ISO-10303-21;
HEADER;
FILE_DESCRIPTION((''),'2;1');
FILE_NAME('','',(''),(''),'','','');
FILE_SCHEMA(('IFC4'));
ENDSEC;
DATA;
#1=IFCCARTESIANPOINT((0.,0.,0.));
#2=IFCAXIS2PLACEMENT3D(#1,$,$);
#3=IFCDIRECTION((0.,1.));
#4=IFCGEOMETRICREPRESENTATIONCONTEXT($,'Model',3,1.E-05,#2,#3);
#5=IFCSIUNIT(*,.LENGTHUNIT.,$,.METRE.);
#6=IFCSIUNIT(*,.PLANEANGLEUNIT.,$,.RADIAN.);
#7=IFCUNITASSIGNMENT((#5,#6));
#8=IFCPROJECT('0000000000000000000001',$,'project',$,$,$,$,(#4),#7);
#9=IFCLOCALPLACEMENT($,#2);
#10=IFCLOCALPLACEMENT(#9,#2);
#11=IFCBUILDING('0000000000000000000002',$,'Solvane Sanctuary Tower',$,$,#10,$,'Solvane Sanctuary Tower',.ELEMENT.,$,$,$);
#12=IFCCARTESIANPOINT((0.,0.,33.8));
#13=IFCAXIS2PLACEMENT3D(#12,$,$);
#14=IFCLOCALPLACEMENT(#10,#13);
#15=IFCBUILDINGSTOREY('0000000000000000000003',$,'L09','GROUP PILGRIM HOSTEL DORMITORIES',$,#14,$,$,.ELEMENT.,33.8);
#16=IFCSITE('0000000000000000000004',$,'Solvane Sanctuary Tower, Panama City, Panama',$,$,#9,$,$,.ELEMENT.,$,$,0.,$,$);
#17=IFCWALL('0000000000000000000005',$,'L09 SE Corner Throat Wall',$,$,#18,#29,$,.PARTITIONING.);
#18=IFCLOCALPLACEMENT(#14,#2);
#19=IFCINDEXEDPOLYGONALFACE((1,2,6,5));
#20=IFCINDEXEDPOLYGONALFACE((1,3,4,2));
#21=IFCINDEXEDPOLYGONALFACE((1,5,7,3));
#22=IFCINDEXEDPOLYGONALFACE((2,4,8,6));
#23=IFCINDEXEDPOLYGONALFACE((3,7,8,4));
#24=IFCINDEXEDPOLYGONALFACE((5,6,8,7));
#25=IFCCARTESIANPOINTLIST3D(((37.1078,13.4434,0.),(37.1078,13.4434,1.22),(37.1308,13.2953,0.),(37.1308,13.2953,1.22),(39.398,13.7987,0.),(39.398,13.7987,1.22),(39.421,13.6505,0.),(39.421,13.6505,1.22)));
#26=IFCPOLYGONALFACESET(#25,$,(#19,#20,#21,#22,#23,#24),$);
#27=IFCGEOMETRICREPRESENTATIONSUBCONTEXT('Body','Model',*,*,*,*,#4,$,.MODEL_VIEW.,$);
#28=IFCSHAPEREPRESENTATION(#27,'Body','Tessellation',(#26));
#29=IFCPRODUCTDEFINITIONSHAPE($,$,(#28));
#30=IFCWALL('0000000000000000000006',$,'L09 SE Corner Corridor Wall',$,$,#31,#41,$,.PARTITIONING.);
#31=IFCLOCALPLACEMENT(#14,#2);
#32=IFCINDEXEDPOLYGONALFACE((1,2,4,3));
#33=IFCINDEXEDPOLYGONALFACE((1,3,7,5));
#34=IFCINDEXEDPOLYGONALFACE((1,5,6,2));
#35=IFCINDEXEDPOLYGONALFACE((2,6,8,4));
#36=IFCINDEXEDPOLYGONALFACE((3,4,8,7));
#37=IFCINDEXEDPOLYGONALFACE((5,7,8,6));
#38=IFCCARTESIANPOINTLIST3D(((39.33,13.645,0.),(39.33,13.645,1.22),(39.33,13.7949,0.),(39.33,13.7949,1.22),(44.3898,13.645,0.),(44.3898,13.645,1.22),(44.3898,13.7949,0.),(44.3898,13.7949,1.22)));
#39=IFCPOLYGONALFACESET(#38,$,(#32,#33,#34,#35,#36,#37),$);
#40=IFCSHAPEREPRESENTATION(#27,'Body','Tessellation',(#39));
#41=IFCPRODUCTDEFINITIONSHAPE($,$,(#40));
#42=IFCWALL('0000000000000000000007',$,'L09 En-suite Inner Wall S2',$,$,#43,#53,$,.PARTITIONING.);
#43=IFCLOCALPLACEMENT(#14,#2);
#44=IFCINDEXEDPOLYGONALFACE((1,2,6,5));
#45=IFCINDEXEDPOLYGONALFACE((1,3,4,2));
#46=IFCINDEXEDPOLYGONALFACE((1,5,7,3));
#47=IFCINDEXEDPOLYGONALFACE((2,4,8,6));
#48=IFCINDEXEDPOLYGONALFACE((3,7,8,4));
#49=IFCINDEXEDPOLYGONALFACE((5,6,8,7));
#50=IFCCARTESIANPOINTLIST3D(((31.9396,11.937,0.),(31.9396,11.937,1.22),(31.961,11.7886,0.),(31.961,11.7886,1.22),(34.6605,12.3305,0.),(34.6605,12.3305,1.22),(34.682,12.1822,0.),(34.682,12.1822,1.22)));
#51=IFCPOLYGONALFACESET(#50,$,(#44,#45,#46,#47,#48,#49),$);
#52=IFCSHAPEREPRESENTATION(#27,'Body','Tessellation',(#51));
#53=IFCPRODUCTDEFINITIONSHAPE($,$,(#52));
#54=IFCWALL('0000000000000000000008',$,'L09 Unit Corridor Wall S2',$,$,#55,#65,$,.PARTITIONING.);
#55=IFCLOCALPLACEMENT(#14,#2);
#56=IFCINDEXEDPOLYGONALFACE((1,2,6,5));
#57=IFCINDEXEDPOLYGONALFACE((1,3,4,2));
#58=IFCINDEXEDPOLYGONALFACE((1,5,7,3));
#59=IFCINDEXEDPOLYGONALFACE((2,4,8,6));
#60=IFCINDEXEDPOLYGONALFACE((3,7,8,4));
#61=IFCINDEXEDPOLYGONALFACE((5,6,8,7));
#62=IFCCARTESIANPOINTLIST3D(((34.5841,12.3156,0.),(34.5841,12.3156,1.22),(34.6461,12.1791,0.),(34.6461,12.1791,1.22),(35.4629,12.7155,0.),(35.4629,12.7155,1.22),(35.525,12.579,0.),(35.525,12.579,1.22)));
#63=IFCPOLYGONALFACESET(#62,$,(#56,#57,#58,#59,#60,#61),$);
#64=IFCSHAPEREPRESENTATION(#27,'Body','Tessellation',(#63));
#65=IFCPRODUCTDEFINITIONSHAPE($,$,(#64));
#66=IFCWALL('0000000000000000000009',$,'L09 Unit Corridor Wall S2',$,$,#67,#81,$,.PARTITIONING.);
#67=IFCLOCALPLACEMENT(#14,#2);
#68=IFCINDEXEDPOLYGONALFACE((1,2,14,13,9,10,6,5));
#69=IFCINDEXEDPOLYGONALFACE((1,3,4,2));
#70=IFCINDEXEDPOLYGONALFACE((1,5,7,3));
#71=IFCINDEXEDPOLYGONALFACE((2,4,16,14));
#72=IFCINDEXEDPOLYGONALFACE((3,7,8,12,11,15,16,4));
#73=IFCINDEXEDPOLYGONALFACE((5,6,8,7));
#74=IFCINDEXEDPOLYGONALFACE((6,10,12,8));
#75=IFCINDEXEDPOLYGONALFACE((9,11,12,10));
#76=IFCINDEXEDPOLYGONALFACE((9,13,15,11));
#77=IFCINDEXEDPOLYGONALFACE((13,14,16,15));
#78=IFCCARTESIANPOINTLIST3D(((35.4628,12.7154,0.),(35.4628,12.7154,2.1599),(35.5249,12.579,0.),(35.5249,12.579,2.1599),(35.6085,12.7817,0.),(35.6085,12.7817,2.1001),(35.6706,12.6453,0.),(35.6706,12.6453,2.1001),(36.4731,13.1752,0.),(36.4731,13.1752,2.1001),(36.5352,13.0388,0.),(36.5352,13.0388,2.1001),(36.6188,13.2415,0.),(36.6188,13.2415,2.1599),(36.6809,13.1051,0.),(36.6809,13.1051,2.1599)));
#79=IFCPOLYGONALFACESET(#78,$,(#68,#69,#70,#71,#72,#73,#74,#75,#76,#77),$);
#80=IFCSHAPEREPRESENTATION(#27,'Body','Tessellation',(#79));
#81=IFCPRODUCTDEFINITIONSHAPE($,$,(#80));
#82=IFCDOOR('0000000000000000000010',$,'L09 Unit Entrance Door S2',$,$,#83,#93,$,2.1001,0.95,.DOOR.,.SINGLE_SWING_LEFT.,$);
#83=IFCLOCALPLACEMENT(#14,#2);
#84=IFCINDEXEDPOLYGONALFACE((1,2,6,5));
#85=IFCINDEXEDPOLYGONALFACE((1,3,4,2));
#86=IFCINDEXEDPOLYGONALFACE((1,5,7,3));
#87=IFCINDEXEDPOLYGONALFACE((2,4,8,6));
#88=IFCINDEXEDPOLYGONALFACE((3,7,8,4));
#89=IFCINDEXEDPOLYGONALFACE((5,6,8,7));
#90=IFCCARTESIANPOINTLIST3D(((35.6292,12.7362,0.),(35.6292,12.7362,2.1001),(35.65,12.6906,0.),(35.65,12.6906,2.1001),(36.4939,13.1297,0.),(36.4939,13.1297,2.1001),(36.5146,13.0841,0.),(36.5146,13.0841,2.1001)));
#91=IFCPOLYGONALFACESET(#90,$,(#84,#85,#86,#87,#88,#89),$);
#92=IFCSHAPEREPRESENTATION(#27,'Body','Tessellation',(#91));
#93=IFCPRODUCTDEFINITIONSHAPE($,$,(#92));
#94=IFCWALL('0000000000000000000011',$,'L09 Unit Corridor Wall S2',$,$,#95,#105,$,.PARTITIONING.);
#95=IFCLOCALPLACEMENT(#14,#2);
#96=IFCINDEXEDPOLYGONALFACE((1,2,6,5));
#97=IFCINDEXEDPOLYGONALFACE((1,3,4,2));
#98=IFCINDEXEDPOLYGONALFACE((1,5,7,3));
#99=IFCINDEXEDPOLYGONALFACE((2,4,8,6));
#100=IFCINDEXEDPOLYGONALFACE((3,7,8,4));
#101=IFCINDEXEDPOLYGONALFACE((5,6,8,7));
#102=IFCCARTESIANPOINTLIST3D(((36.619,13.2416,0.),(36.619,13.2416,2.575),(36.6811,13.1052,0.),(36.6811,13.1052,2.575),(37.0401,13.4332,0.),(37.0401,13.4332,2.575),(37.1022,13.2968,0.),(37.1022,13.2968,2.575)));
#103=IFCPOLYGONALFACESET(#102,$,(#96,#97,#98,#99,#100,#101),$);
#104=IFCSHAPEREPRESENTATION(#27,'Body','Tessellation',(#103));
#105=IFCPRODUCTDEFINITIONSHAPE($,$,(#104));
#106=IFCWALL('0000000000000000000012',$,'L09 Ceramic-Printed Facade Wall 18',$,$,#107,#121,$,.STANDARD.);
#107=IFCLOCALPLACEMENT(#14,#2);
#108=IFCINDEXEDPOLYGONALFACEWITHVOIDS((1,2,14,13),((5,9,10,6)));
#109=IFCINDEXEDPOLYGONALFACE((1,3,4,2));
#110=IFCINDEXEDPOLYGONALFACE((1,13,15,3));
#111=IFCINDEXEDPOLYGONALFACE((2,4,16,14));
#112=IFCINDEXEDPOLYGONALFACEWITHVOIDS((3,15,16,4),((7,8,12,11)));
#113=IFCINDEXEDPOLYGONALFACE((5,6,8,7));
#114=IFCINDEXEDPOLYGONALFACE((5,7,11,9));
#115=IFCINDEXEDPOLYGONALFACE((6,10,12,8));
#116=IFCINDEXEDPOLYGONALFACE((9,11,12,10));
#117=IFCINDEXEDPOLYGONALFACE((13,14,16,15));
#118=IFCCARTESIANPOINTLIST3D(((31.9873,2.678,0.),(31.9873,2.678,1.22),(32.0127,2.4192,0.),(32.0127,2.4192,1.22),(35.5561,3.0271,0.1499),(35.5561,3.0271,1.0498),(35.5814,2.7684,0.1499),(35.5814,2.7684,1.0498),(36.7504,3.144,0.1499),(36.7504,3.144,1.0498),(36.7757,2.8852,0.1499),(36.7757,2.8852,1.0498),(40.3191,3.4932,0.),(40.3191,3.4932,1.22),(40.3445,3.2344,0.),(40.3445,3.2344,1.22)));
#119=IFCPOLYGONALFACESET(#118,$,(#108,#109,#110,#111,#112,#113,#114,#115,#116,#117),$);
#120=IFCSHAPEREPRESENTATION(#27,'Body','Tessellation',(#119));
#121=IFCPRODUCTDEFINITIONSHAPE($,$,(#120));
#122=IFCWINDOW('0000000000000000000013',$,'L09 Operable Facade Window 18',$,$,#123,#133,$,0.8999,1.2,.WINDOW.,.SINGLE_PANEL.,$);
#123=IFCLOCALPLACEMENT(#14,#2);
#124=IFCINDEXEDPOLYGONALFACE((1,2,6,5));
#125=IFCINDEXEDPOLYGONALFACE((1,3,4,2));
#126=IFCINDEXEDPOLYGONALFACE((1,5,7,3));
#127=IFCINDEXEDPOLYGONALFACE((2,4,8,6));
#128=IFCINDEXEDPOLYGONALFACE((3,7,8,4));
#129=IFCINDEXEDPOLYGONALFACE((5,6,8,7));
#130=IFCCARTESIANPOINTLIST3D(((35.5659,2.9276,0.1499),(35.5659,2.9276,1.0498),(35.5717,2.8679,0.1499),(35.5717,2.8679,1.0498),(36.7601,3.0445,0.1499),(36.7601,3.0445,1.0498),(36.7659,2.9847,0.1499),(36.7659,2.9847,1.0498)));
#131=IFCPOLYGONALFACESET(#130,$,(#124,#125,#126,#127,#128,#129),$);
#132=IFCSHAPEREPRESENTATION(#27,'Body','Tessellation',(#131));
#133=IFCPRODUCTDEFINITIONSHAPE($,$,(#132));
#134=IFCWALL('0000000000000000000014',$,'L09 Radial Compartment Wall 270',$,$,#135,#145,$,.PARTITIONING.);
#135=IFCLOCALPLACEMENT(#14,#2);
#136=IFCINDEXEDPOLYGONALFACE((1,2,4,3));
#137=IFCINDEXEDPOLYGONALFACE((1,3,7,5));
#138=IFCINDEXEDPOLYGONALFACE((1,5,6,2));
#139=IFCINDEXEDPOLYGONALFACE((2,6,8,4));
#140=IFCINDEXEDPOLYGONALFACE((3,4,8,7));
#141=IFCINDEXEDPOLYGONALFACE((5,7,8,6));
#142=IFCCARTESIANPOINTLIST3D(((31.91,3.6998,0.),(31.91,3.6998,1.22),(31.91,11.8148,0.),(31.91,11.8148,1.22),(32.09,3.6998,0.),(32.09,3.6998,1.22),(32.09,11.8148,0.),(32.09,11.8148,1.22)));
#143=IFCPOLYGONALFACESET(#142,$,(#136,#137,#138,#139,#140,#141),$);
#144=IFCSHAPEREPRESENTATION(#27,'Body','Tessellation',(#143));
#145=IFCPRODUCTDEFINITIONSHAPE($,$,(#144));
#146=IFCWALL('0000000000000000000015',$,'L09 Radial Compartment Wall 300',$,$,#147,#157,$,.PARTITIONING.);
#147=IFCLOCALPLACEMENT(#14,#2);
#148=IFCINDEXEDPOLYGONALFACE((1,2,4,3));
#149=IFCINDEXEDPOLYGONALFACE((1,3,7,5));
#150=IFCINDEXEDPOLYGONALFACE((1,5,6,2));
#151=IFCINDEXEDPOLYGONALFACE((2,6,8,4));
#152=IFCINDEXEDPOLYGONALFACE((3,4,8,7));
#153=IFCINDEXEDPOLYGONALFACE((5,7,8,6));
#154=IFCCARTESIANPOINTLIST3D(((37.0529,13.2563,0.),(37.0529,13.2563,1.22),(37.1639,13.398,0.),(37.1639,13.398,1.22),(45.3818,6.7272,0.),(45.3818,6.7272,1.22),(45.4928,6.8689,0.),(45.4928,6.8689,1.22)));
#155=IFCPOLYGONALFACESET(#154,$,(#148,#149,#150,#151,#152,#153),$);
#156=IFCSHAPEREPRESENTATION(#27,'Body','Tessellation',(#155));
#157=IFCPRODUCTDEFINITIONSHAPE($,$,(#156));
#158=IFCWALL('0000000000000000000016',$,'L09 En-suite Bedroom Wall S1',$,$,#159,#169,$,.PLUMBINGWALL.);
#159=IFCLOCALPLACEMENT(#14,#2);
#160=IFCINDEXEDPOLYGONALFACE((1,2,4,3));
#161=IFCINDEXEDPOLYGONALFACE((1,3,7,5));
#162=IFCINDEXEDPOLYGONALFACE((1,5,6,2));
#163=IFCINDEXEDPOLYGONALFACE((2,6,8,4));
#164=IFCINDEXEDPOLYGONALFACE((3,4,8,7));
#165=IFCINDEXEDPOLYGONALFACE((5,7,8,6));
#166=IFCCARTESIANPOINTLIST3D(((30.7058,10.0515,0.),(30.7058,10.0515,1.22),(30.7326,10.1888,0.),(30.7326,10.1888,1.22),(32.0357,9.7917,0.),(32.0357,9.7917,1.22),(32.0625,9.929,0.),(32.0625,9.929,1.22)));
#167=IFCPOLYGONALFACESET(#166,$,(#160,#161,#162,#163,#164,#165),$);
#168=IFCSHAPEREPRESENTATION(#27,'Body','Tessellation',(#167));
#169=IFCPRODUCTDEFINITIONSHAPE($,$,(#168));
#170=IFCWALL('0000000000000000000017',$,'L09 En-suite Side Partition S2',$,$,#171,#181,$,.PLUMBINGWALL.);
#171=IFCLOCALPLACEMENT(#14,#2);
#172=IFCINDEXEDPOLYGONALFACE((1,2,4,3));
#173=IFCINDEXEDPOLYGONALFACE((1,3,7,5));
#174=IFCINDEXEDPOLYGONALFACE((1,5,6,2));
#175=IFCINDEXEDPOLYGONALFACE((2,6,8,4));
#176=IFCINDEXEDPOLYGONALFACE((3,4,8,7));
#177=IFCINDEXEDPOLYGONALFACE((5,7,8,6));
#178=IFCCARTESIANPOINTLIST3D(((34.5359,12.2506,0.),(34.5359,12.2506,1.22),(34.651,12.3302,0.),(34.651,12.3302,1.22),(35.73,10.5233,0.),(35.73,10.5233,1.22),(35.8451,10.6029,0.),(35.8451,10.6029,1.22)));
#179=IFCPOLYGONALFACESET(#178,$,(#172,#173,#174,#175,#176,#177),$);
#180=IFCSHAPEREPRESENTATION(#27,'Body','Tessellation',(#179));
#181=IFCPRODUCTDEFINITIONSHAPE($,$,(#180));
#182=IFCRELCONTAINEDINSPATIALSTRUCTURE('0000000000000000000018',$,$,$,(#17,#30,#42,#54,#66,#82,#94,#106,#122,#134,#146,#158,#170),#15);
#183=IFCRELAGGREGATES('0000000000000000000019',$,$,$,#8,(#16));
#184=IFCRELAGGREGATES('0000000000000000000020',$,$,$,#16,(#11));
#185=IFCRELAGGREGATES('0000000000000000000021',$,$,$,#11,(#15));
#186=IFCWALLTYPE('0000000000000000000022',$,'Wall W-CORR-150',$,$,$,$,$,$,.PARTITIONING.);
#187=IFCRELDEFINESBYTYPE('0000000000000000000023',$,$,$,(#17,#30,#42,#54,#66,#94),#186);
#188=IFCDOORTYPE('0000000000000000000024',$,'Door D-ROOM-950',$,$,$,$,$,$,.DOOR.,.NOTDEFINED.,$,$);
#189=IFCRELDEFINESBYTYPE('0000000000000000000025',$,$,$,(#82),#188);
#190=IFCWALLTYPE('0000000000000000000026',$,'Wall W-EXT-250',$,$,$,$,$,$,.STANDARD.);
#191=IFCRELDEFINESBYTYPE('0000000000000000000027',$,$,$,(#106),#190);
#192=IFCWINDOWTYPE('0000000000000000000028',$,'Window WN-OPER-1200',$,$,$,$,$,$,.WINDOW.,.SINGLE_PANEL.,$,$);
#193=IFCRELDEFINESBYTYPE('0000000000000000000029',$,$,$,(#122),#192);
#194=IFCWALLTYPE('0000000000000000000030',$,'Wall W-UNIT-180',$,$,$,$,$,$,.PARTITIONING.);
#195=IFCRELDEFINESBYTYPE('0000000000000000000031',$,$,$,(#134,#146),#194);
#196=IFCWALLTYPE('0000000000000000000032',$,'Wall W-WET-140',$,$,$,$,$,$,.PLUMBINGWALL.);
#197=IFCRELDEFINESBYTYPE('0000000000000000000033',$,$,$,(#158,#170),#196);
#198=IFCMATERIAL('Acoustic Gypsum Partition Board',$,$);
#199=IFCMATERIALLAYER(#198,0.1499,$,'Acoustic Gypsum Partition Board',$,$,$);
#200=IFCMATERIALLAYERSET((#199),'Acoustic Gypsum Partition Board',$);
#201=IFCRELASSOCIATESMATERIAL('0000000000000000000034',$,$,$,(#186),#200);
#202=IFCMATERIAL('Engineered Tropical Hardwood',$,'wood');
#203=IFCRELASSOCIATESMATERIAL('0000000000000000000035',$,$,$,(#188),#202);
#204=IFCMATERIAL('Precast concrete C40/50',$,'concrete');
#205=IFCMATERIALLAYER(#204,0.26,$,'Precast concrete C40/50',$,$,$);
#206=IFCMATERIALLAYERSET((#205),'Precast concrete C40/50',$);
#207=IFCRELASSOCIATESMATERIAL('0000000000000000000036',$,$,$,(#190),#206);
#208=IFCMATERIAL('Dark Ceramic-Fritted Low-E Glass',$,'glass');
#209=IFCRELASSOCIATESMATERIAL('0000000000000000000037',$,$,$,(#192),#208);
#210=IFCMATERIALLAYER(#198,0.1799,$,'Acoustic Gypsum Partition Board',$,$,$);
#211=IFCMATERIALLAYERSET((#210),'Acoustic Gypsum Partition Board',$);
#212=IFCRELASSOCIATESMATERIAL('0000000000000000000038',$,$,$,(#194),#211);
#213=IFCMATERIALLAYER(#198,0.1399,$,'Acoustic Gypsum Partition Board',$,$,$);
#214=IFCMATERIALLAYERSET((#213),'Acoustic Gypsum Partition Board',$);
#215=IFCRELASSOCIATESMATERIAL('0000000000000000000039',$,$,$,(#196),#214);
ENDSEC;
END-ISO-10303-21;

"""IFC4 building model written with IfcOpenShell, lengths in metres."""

from ifc_helpers import new_model, si_unit, direction, frame, frame_2d, origin, place, context, subcontext, project, spatial, rectangle, extrude, material, layer, layer_set, type_object, element, fill, save


model = new_model("IFC4")

# Units and contexts
model_context = context("Model", 3, precision=1e-05, world=origin(), true_north=direction((0.0, 1.0)))
body_context = subcontext(model_context, "Body", "Model", "MODEL_VIEW")
ifc_project = project(units=[si_unit("LENGTHUNIT", "METRE"), si_unit("PLANEANGLEUNIT", "RADIAN")], contexts=[model_context])

# Site, building, storey
site_placement = place(None, origin())
site = spatial("IfcSite", under=ifc_project, at=site_placement, Name="Solvane Sanctuary Tower, Panama City, Panama", CompositionType="ELEMENT", RefElevation=0.0)
building_placement = place(site_placement, origin())
building = spatial("IfcBuilding", under=site, at=building_placement, Name="Solvane Sanctuary Tower", LongName="Solvane Sanctuary Tower", CompositionType="ELEMENT")
storey_placement = place(building_placement, frame((0.0, 0.0, 33.8)))
storey = spatial("IfcBuildingStorey", under=building, at=storey_placement, Name="L09", Description="GROUP PILGRIM HOSTEL DORMITORIES", CompositionType="ELEMENT", Elevation=33.8)

# Walls
ifc_material_1 = material(Name="Acoustic Gypsum Partition Board")
ifc_layer_1 = layer(ifc_material_1, 0.1499, Name="Acoustic Gypsum Partition Board")
ifc_layer_set_1 = layer_set([ifc_layer_1], Name="Acoustic Gypsum Partition Board")
wall_type_1 = type_object("IfcWallType", Name="Wall W-CORR-150", PredefinedType="PARTITIONING", material=ifc_layer_set_1)
wall_1_placement = place(storey_placement, frame((37.1194, 13.3694, 0.0), z_axis=(0.0, 0.0, 1.0), x_axis=(0.988185, 0.153268, 0.0)))
element("IfcWall", 1, at=wall_1_placement, inside=storey, type_object=wall_type_1, Name="L09 SE Corner Throat Wall", PredefinedType="PARTITIONING", context=body_context, shape_type="SweptSolid", body=[
    extrude(rectangle(XDim=2.3176, YDim=0.1499, at=frame_2d((1.1587, 0.0))), origin(), (0.0, 0.0, 1.0), 1.22),
])
wall_2_placement = place(storey_placement, frame((39.3301, 13.72, 0.0), z_axis=(0.0, 0.0, 1.0), x_axis=(1.0, 0.0, 0.0)))
element("IfcWall", 2, at=wall_2_placement, inside=storey, type_object=wall_type_1, Name="L09 SE Corner Corridor Wall", PredefinedType="PARTITIONING", context=body_context, shape_type="SweptSolid", body=[
    extrude(rectangle(XDim=5.0598, YDim=0.1499, at=frame_2d((2.5298, 0.0))), origin(), (0.0, 0.0, 1.0), 1.22),
])
wall_3_placement = place(storey_placement, frame((31.9504, 11.8628, 0.0), z_axis=(0.0, 0.0, 1.0), x_axis=(0.989701, 0.143149, 0.0)))
element("IfcWall", 3, at=wall_3_placement, inside=storey, type_object=wall_type_1, Name="L09 En-suite Inner Wall S2", PredefinedType="PARTITIONING", context=body_context, shape_type="SweptSolid", body=[
    extrude(rectangle(XDim=2.7493, YDim=0.1499, at=frame_2d((1.3745, 0.0))), origin(), (0.0, 0.0, 1.0), 1.22),
])
wall_4_placement = place(storey_placement, frame((34.615, 12.2473, 0.0), z_axis=(0.0, 0.0, 1.0), x_axis=(0.910211, 0.414146, 0.0)))
element("IfcWall", 4, at=wall_4_placement, inside=storey, type_object=wall_type_1, Name="L09 Unit Corridor Wall S2", PredefinedType="PARTITIONING", context=body_context, shape_type="SweptSolid", body=[
    extrude(rectangle(XDim=0.9656, YDim=0.1499, at=frame_2d((0.4829, 0.0))), origin(), (0.0, 0.0, 1.0), 1.22),
])

# Wall, opening, door
wall_5_placement = place(storey_placement, frame((35.4939, 12.6472, 0.0), z_axis=(0.0, 0.0, 1.0), x_axis=(0.910169, 0.414237, 0.0)))
wall_5 = element("IfcWall", 5, at=wall_5_placement, inside=storey, type_object=wall_type_1, Name="L09 Unit Corridor Wall S2", PredefinedType="PARTITIONING", context=body_context, shape_type="SweptSolid", body=[
    extrude(rectangle(XDim=1.27, YDim=0.1499, at=frame_2d((0.635, 0.0))), origin(), (0.0, 0.0, 1.0), 2.1599),
])
opening_1_placement = place(wall_5_placement, frame((0.1599, 0.0, 0.0)))
opening_1 = element("IfcOpeningElement", 6, at=opening_1_placement, cuts=wall_5, PredefinedType="OPENING", context=body_context, shape_type="SweptSolid", body=[
    extrude(rectangle(XDim=0.95, YDim=2.1001, at=frame_2d((0.4751, 1.05))), frame((0.0, 0.085, 0.0), z_axis=(0.0, -1.0, 0.0), x_axis=(1.0, 0.0, 0.0)), (0.0, 0.0, 1.0), 0.1699),
])
ifc_material_2 = material(Name="Engineered Tropical Hardwood", Category="wood")
door_type_1 = type_object("IfcDoorType", Name="Door D-ROOM-950", OperationType="NOTDEFINED", PredefinedType="DOOR", material=ifc_material_2)
door_1_placement = place(opening_1_placement, origin())
door_1 = element("IfcDoor", 7, at=door_1_placement, inside=storey, type_object=door_type_1, Name="L09 Unit Entrance Door S2", OperationType="SINGLE_SWING_LEFT", OverallHeight=2.1001, OverallWidth=0.95, PredefinedType="DOOR", context=body_context, shape_type="SweptSolid", body=[
    extrude(rectangle(XDim=0.95, YDim=2.1001, at=frame_2d((0.4751, 1.05))), frame((0.0, 0.0249, 0.0), z_axis=(0.0, -1.0, 0.0), x_axis=(1.0, 0.0, 0.0)), (0.0, 0.0, 1.0), 0.05),
])
fill(opening_1, door_1)

# Wall
wall_6_placement = place(storey_placement, frame((36.6499, 13.1733, 0.0), z_axis=(0.0, 0.0, 1.0), x_axis=(0.910186, 0.4142, 0.0)))
element("IfcWall", 8, at=wall_6_placement, inside=storey, type_object=wall_type_1, Name="L09 Unit Corridor Wall S2", PredefinedType="PARTITIONING", context=body_context, shape_type="SweptSolid", body=[
    extrude(rectangle(XDim=0.4626, YDim=0.1499, at=frame_2d((0.2314, 0.0))), origin(), (0.0, 0.0, 1.0), 2.575),
])

# Wall, opening, window
ifc_material_3 = material(Name="Precast concrete C40/50", Category="concrete")
ifc_layer_2 = layer(ifc_material_3, 0.26, Name="Precast concrete C40/50")
ifc_layer_set_2 = layer_set([ifc_layer_2], Name="Precast concrete C40/50")
wall_type_2 = type_object("IfcWallType", Name="Wall W-EXT-250", PredefinedType="STANDARD", material=ifc_layer_set_2)
wall_7_placement = place(storey_placement, frame((32.0, 2.5486, 0.0), z_axis=(0.0, 0.0, 1.0), x_axis=(0.995248, 0.097375, 0.0)))
wall_7 = element("IfcWall", 9, at=wall_7_placement, inside=storey, type_object=wall_type_2, Name="L09 Ceramic-Printed Facade Wall 18", PredefinedType="STANDARD", context=body_context, shape_type="SweptSolid", body=[
    extrude(rectangle(XDim=8.3716, YDim=0.26, at=frame_2d((4.1858, 0.0))), origin(), (0.0, 0.0, 1.0), 1.22),
])
opening_2_placement = place(wall_7_placement, frame((3.5857, 0.0, 0.1499)))
opening_2 = element("IfcOpeningElement", 10, at=opening_2_placement, cuts=wall_7, PredefinedType="OPENING", context=body_context, shape_type="SweptSolid", body=[
    extrude(rectangle(XDim=1.2, YDim=0.8999, at=frame_2d((0.6001, 0.45))), frame((0.0, 0.1399, 0.0), z_axis=(0.0, -1.0, 0.0), x_axis=(1.0, 0.0, 0.0)), (0.0, 0.0, 1.0), 0.28),
])
ifc_material_4 = material(Name="Dark Ceramic-Fritted Low-E Glass", Category="glass")
window_type = type_object("IfcWindowType", Name="Window WN-OPER-1200", PartitioningType="SINGLE_PANEL", PredefinedType="WINDOW", material=ifc_material_4)
window_placement = place(opening_2_placement, origin())
window = element("IfcWindow", 11, at=window_placement, inside=storey, type_object=window_type, Name="L09 Operable Facade Window 18", OverallHeight=0.8999, OverallWidth=1.2, PartitioningType="SINGLE_PANEL", PredefinedType="WINDOW", context=body_context, shape_type="SweptSolid", body=[
    extrude(rectangle(XDim=1.2, YDim=0.8999, at=frame_2d((0.6001, 0.45))), frame((0.0, 0.03, 0.0), z_axis=(0.0, -1.0, 0.0), x_axis=(1.0, 0.0, 0.0)), (0.0, 0.0, 1.0), 0.0601),
])
fill(opening_2, window)

# Walls
ifc_layer_3 = layer(ifc_material_1, 0.1799, Name="Acoustic Gypsum Partition Board")
ifc_layer_set_3 = layer_set([ifc_layer_3], Name="Acoustic Gypsum Partition Board")
wall_type_3 = type_object("IfcWallType", Name="Wall W-UNIT-180", PredefinedType="PARTITIONING", material=ifc_layer_set_3)
wall_8_placement = place(storey_placement, frame((32.0, 11.8149, 0.0), z_axis=(0.0, 0.0, 1.0), x_axis=(0.0, -1.0, 0.0)))
element("IfcWall", 12, at=wall_8_placement, inside=storey, type_object=wall_type_3, Name="L09 Radial Compartment Wall 270", PredefinedType="PARTITIONING", context=body_context, shape_type="SweptSolid", body=[
    extrude(rectangle(XDim=8.115, YDim=0.1799, at=frame_2d((4.0576, 0.0))), origin(), (0.0, 0.0, 1.0), 1.22),
])
wall_9_placement = place(storey_placement, frame((37.1084, 13.3271, 0.0), z_axis=(0.0, 0.0, 1.0), x_axis=(0.787009, -0.616942, 0.0)))
element("IfcWall", 13, at=wall_9_placement, inside=storey, type_object=wall_type_3, Name="L09 Radial Compartment Wall 300", PredefinedType="PARTITIONING", context=body_context, shape_type="SweptSolid", body=[
    extrude(rectangle(XDim=10.583, YDim=0.1799, at=frame_2d((5.2915, 0.0))), origin(), (0.0, 0.0, 1.0), 1.22),
])
ifc_layer_4 = layer(ifc_material_1, 0.1399, Name="Acoustic Gypsum Partition Board")
ifc_layer_set_4 = layer_set([ifc_layer_4], Name="Acoustic Gypsum Partition Board")
wall_type_4 = type_object("IfcWallType", Name="Wall W-WET-140", PredefinedType="PLUMBINGWALL", material=ifc_layer_set_4)
wall_10_placement = place(storey_placement, frame((30.7192, 10.1201, 0.0), z_axis=(0.0, 0.0, 1.0), x_axis=(0.981451, -0.191714, 0.0)))
element("IfcWall", 14, at=wall_10_placement, inside=storey, type_object=wall_type_4, Name="L09 En-suite Bedroom Wall S1", PredefinedType="PLUMBINGWALL", context=body_context, shape_type="SweptSolid", body=[
    extrude(rectangle(XDim=1.355, YDim=0.1399, at=frame_2d((0.6775, 0.0))), origin(), (0.0, 0.0, 1.0), 1.22),
])
wall_11_placement = place(storey_placement, frame((34.5935, 12.2903, 0.0), z_axis=(0.0, 0.0, 1.0), x_axis=(0.568654, -0.822577, 0.0)))
element("IfcWall", 15, at=wall_11_placement, inside=storey, type_object=wall_type_4, Name="L09 En-suite Side Partition S2", PredefinedType="PLUMBINGWALL", context=body_context, shape_type="SweptSolid", body=[
    extrude(rectangle(XDim=2.0999, YDim=0.1399, at=frame_2d((1.0498, 0.0))), origin(), (0.0, 0.0, 1.0), 1.22),
])

save(model, "model.ifc")
